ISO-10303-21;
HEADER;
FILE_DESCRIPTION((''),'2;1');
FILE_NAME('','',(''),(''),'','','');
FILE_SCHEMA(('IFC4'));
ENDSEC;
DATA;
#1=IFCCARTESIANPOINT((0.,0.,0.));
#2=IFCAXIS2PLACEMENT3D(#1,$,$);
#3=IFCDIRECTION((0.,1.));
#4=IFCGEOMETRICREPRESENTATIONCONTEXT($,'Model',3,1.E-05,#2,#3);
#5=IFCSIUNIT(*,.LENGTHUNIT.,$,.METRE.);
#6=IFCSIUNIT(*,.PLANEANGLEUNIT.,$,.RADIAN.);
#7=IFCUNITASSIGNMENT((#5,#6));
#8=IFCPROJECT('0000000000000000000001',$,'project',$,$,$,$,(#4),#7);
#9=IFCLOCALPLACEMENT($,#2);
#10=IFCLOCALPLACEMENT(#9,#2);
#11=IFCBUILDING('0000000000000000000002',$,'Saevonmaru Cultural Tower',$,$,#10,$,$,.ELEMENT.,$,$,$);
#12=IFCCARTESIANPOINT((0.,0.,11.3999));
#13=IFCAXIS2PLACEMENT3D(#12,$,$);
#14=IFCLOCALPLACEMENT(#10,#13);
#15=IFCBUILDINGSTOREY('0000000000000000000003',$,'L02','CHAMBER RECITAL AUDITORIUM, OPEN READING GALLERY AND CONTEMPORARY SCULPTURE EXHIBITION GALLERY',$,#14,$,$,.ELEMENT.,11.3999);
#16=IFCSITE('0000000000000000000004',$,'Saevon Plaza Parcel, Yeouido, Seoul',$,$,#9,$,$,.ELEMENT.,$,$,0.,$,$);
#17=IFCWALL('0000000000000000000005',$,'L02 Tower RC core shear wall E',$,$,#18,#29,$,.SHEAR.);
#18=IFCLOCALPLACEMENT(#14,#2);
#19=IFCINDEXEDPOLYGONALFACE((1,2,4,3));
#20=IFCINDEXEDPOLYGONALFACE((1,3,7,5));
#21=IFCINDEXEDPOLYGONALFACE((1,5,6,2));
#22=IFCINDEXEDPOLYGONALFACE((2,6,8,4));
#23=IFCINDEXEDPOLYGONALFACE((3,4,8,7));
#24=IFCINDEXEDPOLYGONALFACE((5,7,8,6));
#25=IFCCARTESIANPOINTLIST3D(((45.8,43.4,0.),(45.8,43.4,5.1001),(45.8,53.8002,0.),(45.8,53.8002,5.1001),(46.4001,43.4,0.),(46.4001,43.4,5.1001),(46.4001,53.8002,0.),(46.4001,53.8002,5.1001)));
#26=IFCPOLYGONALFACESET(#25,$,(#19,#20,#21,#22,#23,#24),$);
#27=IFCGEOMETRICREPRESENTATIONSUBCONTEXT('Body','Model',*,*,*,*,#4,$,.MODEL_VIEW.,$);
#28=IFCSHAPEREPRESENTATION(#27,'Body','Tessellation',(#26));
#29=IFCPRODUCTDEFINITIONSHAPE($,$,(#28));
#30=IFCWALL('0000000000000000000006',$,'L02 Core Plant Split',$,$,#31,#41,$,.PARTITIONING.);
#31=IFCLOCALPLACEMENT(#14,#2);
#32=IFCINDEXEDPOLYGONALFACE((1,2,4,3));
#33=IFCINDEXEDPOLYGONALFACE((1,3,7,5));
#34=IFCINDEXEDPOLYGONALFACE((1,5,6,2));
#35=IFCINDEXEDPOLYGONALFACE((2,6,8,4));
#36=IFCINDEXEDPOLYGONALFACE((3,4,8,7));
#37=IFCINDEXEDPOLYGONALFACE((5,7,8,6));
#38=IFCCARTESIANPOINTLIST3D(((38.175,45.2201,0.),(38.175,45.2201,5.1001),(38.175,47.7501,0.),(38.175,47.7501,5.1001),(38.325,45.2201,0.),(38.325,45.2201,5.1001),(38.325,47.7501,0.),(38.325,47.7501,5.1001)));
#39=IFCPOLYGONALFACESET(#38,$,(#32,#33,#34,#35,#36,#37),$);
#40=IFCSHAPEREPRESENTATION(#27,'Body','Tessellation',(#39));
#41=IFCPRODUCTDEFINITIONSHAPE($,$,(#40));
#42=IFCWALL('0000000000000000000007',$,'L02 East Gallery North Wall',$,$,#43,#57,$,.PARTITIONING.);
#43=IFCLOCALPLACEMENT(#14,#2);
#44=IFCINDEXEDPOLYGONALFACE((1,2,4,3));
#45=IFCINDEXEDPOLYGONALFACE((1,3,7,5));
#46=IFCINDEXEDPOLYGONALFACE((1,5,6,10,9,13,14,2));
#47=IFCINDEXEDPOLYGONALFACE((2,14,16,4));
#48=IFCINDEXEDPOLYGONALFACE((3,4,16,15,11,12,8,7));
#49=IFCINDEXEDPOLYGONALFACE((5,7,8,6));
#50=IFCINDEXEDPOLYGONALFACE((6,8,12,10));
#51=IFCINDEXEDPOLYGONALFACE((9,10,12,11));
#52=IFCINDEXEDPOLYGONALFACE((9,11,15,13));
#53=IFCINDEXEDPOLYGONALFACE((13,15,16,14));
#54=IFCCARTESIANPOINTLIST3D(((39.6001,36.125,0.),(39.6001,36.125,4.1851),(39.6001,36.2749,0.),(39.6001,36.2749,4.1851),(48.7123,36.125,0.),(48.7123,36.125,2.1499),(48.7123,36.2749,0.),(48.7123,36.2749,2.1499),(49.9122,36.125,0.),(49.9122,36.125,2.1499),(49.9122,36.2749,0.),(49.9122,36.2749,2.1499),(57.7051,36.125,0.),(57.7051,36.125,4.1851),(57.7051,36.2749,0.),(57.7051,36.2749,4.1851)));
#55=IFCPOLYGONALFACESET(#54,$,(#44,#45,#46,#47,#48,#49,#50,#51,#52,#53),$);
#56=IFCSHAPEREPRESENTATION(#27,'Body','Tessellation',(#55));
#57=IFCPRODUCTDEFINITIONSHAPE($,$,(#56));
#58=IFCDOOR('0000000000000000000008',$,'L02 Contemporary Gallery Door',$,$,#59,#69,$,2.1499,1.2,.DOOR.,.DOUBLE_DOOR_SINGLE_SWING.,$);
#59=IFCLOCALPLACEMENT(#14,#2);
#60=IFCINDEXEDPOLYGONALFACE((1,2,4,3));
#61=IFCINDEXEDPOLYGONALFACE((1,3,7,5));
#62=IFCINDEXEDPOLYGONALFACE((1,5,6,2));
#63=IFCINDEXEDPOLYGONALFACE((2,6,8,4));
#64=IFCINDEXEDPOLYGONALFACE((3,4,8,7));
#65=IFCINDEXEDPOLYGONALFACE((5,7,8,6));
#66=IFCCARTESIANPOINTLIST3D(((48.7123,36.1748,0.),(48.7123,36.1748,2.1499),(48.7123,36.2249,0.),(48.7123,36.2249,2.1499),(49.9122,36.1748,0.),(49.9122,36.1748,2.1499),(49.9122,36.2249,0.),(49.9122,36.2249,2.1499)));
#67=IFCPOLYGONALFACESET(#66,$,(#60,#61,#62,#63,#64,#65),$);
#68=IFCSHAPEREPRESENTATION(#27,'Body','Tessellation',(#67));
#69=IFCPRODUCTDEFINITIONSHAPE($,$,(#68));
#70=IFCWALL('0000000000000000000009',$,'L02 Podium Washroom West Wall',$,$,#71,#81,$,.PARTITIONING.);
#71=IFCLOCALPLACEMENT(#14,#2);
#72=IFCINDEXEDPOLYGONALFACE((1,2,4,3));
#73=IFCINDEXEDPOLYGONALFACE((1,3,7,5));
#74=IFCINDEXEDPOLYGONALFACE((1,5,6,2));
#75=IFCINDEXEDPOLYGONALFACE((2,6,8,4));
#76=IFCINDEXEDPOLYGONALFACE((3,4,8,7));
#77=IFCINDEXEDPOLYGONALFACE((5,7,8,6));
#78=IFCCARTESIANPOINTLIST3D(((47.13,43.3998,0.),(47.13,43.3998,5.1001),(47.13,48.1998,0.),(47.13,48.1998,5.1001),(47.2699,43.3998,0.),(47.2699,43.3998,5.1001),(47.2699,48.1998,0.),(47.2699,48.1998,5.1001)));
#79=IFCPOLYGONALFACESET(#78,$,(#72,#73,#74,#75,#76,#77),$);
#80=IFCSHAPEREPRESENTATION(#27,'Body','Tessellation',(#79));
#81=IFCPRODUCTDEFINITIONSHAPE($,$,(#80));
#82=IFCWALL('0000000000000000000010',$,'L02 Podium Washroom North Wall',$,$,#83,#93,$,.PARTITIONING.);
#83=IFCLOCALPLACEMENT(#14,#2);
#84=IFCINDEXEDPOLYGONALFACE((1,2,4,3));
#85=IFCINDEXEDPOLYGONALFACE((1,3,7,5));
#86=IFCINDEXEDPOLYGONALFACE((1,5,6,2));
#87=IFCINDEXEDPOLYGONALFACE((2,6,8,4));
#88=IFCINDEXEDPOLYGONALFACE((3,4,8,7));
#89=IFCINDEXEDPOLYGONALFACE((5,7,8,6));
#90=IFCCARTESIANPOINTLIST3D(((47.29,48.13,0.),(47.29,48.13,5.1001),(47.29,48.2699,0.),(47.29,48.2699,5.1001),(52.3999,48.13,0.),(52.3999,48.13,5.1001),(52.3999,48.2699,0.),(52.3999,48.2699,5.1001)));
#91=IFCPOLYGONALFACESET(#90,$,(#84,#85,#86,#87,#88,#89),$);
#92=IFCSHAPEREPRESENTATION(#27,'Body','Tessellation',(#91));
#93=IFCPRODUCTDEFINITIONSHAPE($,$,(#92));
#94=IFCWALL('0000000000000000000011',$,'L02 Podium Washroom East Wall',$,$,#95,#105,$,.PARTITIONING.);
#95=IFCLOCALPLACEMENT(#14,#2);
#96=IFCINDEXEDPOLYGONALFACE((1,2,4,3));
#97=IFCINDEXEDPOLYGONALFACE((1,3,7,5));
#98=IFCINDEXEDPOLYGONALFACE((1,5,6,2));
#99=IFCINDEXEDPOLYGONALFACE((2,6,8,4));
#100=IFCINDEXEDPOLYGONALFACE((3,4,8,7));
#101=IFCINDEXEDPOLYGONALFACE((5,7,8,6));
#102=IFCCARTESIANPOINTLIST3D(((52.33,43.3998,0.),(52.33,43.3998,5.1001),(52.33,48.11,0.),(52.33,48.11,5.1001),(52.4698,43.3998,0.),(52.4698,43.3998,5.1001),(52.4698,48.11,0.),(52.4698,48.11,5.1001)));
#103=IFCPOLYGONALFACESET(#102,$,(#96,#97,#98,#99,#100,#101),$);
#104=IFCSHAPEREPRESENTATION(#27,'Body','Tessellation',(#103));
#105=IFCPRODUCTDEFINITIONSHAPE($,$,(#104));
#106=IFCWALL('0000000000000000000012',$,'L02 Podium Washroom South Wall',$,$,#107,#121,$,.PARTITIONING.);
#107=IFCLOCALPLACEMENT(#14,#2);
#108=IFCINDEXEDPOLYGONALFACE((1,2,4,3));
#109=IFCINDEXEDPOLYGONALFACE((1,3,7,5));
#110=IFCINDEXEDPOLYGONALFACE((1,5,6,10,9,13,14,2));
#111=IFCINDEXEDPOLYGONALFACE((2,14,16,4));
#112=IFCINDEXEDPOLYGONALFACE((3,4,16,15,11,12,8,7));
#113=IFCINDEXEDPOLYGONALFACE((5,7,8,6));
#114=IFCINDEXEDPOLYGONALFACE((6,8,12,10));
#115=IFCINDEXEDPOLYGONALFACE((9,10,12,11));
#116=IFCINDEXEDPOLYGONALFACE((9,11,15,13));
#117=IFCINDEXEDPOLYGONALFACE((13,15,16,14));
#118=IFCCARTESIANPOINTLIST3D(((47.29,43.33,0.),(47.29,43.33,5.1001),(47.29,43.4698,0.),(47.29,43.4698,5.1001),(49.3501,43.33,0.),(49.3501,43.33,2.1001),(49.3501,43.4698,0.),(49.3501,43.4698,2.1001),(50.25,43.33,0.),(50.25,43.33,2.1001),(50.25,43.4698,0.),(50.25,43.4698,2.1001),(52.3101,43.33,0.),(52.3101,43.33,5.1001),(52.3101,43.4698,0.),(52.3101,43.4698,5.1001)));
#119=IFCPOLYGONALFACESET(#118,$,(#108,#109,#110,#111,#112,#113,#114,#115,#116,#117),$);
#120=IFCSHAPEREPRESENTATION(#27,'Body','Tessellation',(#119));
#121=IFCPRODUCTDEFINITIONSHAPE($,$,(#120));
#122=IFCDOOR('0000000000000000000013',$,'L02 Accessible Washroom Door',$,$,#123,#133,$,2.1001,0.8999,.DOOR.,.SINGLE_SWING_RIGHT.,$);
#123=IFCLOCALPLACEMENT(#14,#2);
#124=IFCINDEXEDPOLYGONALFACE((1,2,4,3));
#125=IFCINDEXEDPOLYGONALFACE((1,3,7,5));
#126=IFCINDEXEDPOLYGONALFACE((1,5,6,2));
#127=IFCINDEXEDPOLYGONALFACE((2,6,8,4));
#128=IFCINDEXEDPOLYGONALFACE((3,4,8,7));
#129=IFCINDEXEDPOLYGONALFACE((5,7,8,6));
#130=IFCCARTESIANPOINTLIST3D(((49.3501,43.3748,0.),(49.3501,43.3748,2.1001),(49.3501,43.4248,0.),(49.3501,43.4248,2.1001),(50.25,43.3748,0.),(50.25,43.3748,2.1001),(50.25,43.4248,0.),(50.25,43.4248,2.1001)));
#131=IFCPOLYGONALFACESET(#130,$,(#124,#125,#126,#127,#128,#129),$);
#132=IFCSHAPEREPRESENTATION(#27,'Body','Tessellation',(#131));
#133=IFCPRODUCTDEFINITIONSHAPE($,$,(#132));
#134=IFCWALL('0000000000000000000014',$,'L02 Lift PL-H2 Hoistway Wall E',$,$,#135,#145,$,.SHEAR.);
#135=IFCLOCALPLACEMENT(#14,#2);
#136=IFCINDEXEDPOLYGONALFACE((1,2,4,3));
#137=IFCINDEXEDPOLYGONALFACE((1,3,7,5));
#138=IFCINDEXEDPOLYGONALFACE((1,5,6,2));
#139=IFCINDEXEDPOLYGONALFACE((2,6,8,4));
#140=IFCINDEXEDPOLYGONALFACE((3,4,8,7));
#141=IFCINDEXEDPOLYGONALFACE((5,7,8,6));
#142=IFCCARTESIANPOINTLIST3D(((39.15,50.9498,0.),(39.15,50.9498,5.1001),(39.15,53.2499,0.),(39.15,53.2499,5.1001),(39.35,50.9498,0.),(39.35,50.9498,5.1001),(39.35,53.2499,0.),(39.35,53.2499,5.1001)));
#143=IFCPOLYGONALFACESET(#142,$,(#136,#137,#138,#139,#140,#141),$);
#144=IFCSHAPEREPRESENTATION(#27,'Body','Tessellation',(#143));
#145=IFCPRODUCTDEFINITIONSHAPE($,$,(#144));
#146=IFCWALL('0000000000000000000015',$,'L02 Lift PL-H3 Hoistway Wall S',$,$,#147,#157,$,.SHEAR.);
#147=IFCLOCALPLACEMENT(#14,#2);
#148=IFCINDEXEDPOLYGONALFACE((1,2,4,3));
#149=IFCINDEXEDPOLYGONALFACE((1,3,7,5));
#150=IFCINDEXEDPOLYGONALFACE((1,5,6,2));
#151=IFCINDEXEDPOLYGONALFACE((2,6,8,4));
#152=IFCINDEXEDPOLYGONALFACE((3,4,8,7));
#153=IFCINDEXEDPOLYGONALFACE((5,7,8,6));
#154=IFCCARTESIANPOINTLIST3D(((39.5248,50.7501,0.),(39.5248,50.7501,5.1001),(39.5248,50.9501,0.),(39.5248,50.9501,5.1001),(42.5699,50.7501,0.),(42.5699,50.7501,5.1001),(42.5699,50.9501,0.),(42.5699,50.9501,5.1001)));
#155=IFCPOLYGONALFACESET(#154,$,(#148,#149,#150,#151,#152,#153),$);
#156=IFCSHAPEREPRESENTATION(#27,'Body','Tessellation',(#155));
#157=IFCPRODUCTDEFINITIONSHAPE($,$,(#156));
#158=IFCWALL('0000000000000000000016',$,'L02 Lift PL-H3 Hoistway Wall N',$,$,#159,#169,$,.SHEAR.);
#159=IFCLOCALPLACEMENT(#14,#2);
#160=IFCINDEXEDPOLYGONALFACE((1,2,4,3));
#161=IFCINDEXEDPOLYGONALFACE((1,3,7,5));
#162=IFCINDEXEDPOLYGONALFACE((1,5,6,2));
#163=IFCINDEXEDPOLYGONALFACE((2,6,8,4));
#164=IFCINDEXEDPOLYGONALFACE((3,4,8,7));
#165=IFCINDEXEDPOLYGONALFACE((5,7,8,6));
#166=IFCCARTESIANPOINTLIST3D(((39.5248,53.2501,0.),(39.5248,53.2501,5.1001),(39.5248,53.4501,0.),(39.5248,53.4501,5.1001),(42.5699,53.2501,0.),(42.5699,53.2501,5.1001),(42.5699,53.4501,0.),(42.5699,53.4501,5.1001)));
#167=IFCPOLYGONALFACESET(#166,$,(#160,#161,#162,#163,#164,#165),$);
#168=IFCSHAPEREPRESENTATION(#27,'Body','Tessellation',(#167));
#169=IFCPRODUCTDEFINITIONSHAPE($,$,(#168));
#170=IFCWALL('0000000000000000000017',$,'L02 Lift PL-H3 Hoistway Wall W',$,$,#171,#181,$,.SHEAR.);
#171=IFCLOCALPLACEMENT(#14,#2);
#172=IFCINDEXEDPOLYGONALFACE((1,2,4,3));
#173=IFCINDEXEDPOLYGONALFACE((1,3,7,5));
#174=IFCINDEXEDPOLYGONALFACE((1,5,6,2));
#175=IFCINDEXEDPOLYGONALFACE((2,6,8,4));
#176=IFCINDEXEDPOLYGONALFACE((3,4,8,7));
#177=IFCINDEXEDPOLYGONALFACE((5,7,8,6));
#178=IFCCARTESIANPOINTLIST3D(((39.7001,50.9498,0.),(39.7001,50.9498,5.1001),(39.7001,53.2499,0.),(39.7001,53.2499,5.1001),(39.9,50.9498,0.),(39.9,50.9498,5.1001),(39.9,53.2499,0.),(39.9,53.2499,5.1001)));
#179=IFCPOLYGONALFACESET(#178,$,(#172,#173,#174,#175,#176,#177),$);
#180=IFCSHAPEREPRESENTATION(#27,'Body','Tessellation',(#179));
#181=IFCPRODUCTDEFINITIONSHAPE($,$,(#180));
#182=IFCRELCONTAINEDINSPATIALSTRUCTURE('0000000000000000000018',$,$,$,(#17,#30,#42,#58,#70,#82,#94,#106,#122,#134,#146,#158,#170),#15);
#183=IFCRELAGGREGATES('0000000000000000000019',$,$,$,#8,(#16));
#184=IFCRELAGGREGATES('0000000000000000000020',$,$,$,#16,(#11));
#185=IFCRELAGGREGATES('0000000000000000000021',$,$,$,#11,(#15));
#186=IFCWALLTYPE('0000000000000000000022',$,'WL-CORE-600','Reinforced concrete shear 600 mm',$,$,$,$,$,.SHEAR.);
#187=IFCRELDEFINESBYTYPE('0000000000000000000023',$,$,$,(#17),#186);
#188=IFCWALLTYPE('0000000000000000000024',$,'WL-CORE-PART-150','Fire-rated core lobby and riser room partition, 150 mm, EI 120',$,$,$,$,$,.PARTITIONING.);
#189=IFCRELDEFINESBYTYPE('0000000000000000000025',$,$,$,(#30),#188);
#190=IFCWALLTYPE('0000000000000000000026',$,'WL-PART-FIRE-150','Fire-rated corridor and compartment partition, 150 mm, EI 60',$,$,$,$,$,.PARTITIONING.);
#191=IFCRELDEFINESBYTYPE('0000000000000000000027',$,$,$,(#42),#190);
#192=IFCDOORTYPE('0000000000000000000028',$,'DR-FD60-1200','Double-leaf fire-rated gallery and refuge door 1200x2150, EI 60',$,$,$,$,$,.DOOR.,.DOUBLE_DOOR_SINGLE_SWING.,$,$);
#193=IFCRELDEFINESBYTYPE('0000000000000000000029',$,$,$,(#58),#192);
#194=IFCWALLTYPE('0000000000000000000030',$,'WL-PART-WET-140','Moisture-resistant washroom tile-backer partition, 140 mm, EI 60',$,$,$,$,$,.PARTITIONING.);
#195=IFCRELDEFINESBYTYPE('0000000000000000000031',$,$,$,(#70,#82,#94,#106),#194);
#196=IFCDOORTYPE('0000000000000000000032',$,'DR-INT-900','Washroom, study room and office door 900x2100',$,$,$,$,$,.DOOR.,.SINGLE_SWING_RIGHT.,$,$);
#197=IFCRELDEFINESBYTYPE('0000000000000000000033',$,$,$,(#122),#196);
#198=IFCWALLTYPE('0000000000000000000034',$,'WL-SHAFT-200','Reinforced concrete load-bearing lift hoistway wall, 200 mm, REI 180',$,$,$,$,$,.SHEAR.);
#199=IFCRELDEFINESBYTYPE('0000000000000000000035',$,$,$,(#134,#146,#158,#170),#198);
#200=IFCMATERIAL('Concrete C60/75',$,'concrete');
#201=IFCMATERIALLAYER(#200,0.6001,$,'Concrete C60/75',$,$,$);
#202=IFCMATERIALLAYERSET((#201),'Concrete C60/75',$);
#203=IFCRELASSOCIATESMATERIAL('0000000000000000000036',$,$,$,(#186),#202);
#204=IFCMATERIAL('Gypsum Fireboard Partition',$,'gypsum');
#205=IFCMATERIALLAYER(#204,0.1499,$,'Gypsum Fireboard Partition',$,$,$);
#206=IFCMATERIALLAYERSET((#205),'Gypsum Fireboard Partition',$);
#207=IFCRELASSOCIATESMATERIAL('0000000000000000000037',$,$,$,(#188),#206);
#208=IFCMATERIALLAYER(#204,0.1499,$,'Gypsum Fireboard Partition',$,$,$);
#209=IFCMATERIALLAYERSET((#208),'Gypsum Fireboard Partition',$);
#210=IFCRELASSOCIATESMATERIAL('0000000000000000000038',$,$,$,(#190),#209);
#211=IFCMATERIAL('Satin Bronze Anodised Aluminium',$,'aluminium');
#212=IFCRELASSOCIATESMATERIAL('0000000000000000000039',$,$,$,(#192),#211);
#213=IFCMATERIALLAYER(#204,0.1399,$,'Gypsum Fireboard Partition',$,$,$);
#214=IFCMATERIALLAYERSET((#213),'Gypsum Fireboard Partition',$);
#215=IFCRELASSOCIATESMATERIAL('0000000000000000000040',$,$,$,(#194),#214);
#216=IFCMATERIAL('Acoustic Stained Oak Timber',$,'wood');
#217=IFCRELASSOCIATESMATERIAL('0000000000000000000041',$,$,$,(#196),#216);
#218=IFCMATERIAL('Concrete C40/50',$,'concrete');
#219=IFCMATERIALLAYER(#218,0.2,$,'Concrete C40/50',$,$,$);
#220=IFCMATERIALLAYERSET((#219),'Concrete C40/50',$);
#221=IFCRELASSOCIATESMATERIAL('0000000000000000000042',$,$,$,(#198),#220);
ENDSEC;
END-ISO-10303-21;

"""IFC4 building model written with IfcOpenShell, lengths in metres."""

from ifc_helpers import new_model, si_unit, direction, frame, frame_2d, origin, place, context, subcontext, project, spatial, rectangle, extrude, material, layer, layer_set, type_object, element, fill, save


model = new_model("IFC4")

# Units and contexts
model_context = context("Model", 3, precision=1e-05, world=origin(), true_north=direction((0.0, 1.0)))
body_context = subcontext(model_context, "Body", "Model", "MODEL_VIEW")
ifc_project = project(units=[si_unit("LENGTHUNIT", "METRE"), si_unit("PLANEANGLEUNIT", "RADIAN")], contexts=[model_context])

# Site, building, storey
site_placement = place(None, origin())
site = spatial("IfcSite", under=ifc_project, at=site_placement, Name="Saevon Plaza Parcel, Yeouido, Seoul", CompositionType="ELEMENT", RefElevation=0.0)
building_placement = place(site_placement, origin())
building = spatial("IfcBuilding", under=site, at=building_placement, Name="Saevonmaru Cultural Tower", CompositionType="ELEMENT")
storey_placement = place(building_placement, frame((0.0, 0.0, 11.3999)))
storey = spatial("IfcBuildingStorey", under=building, at=storey_placement, Name="L02", Description="CHAMBER RECITAL AUDITORIUM, OPEN READING GALLERY AND CONTEMPORARY SCULPTURE EXHIBITION GALLERY", CompositionType="ELEMENT", Elevation=11.3999)

# Walls
ifc_material_1 = material(Name="Concrete C60/75", Category="concrete")
ifc_layer_1 = layer(ifc_material_1, 0.6001, Name="Concrete C60/75")
ifc_layer_set_1 = layer_set([ifc_layer_1], Name="Concrete C60/75")
wall_type_1 = type_object("IfcWallType", Name="WL-CORE-600", Description="Reinforced concrete shear 600 mm", PredefinedType="SHEAR", material=ifc_layer_set_1)
wall_1_placement = place(storey_placement, frame((46.1001, 43.3999, 0.0), z_axis=(0.0, 0.0, 1.0), x_axis=(0.0, 1.0, 0.0)))
element("IfcWall", 1, at=wall_1_placement, inside=storey, type_object=wall_type_1, Name="L02 Tower RC core shear wall E", PredefinedType="SHEAR", context=body_context, shape_type="SweptSolid", body=[
    extrude(rectangle(XDim=10.4001, YDim=0.6001, at=frame_2d((5.2002, 0.0))), origin(), (0.0, 0.0, 1.0), 5.1001),
])
ifc_material_2 = material(Name="Gypsum Fireboard Partition", Category="gypsum")
ifc_layer_2 = layer(ifc_material_2, 0.1499, Name="Gypsum Fireboard Partition")
ifc_layer_set_2 = layer_set([ifc_layer_2], Name="Gypsum Fireboard Partition")
wall_type_2 = type_object("IfcWallType", Name="WL-CORE-PART-150", Description="Fire-rated core lobby and riser room partition, 150 mm, EI 120", PredefinedType="PARTITIONING", material=ifc_layer_set_2)
wall_2_placement = place(storey_placement, frame((38.25, 45.22, 0.0), z_axis=(0.0, 0.0, 1.0), x_axis=(0.0, 1.0, 0.0)))
element("IfcWall", 2, at=wall_2_placement, inside=storey, type_object=wall_type_2, Name="L02 Core Plant Split", PredefinedType="PARTITIONING", context=body_context, shape_type="SweptSolid", body=[
    extrude(rectangle(XDim=2.53, YDim=0.1499, at=frame_2d((1.2651, 0.0))), origin(), (0.0, 0.0, 1.0), 5.1001),
])

# Wall, opening, door
ifc_layer_3 = layer(ifc_material_2, 0.1499, Name="Gypsum Fireboard Partition")
ifc_layer_set_3 = layer_set([ifc_layer_3], Name="Gypsum Fireboard Partition")
wall_type_3 = type_object("IfcWallType", Name="WL-PART-FIRE-150", Description="Fire-rated corridor and compartment partition, 150 mm, EI 60", PredefinedType="PARTITIONING", material=ifc_layer_set_3)
wall_3_placement = place(storey_placement, frame((39.6001, 36.2, 0.0), z_axis=(0.0, 0.0, 1.0), x_axis=(1.0, 0.0, 0.0)))
wall_3 = element("IfcWall", 3, at=wall_3_placement, inside=storey, type_object=wall_type_3, Name="L02 East Gallery North Wall", PredefinedType="PARTITIONING", context=body_context, shape_type="SweptSolid", body=[
    extrude(rectangle(XDim=18.105, YDim=0.1499, at=frame_2d((9.0525, 0.0))), origin(), (0.0, 0.0, 1.0), 4.1851),
])
opening_1_placement = place(wall_3_placement, frame((9.1121, 0.0, 0.0)))
opening_1 = element("IfcOpeningElement", 4, at=opening_1_placement, cuts=wall_3, PredefinedType="OPENING", context=body_context, shape_type="SweptSolid", body=[
    extrude(rectangle(XDim=1.2, YDim=2.1499, at=frame_2d((0.6001, 1.075))), frame((0.0, 0.085, 0.0), z_axis=(0.0, -1.0, 0.0), x_axis=(1.0, 0.0, 0.0)), (0.0, 0.0, 1.0), 0.1699),
])
ifc_material_3 = material(Name="Satin Bronze Anodised Aluminium", Category="aluminium")
door_type_1 = type_object("IfcDoorType", Name="DR-FD60-1200", Description="Double-leaf fire-rated gallery and refuge door 1200x2150, EI 60", OperationType="DOUBLE_DOOR_SINGLE_SWING", PredefinedType="DOOR", material=ifc_material_3)
door_1_placement = place(opening_1_placement, origin())
door_1 = element("IfcDoor", 5, at=door_1_placement, inside=storey, type_object=door_type_1, Name="L02 Contemporary Gallery Door", OperationType="DOUBLE_DOOR_SINGLE_SWING", OverallHeight=2.1499, OverallWidth=1.2, PredefinedType="DOOR", context=body_context, shape_type="SweptSolid", body=[
    extrude(rectangle(XDim=1.2, YDim=2.1499, at=frame_2d((0.6001, 1.075))), frame((0.0, 0.0249, 0.0), z_axis=(0.0, -1.0, 0.0), x_axis=(1.0, 0.0, 0.0)), (0.0, 0.0, 1.0), 0.05),
])
fill(opening_1, door_1)

# Walls
ifc_layer_4 = layer(ifc_material_2, 0.1399, Name="Gypsum Fireboard Partition")
ifc_layer_set_4 = layer_set([ifc_layer_4], Name="Gypsum Fireboard Partition")
wall_type_4 = type_object("IfcWallType", Name="WL-PART-WET-140", Description="Moisture-resistant washroom tile-backer partition, 140 mm, EI 60", PredefinedType="PARTITIONING", material=ifc_layer_set_4)
wall_4_placement = place(storey_placement, frame((47.2, 43.3999, 0.0), z_axis=(0.0, 0.0, 1.0), x_axis=(0.0, 1.0, 0.0)))
element("IfcWall", 6, at=wall_4_placement, inside=storey, type_object=wall_type_4, Name="L02 Podium Washroom West Wall", PredefinedType="PARTITIONING", context=body_context, shape_type="SweptSolid", body=[
    extrude(rectangle(XDim=4.8, YDim=0.1399, at=frame_2d((2.3999, 0.0))), origin(), (0.0, 0.0, 1.0), 5.1001),
])
wall_5_placement = place(storey_placement, frame((47.29, 48.2, 0.0), z_axis=(0.0, 0.0, 1.0), x_axis=(1.0, 0.0, 0.0)))
element("IfcWall", 7, at=wall_5_placement, inside=storey, type_object=wall_type_4, Name="L02 Podium Washroom North Wall", PredefinedType="PARTITIONING", context=body_context, shape_type="SweptSolid", body=[
    extrude(rectangle(XDim=5.1099, YDim=0.1399, at=frame_2d((2.5549, 0.0))), origin(), (0.0, 0.0, 1.0), 5.1001),
])
wall_6_placement = place(storey_placement, frame((52.3999, 43.3999, 0.0), z_axis=(0.0, 0.0, 1.0), x_axis=(0.0, 1.0, 0.0)))
element("IfcWall", 8, at=wall_6_placement, inside=storey, type_object=wall_type_4, Name="L02 Podium Washroom East Wall", PredefinedType="PARTITIONING", context=body_context, shape_type="SweptSolid", body=[
    extrude(rectangle(XDim=4.7102, YDim=0.1399, at=frame_2d((2.355, 0.0))), origin(), (0.0, 0.0, 1.0), 5.1001),
])

# Wall, opening, door
wall_7_placement = place(storey_placement, frame((47.29, 43.3999, 0.0), z_axis=(0.0, 0.0, 1.0), x_axis=(1.0, 0.0, 0.0)))
wall_7 = element("IfcWall", 9, at=wall_7_placement, inside=storey, type_object=wall_type_4, Name="L02 Podium Washroom South Wall", PredefinedType="PARTITIONING", context=body_context, shape_type="SweptSolid", body=[
    extrude(rectangle(XDim=5.02, YDim=0.1399, at=frame_2d((2.51, 0.0))), origin(), (0.0, 0.0, 1.0), 5.1001),
])
opening_2_placement = place(wall_7_placement, frame((2.0601, 0.0, 0.0)))
opening_2 = element("IfcOpeningElement", 10, at=opening_2_placement, cuts=wall_7, PredefinedType="OPENING", context=body_context, shape_type="SweptSolid", body=[
    extrude(rectangle(XDim=0.8999, YDim=2.1001, at=frame_2d((0.45, 1.05))), frame((0.0, 0.0801, 0.0), z_axis=(0.0, -1.0, 0.0), x_axis=(1.0, 0.0, 0.0)), (0.0, 0.0, 1.0), 0.1599),
])
ifc_material_4 = material(Name="Acoustic Stained Oak Timber", Category="wood")
door_type_2 = type_object("IfcDoorType", Name="DR-INT-900", Description="Washroom, study room and office door 900x2100", OperationType="SINGLE_SWING_RIGHT", PredefinedType="DOOR", material=ifc_material_4)
door_2_placement = place(opening_2_placement, origin())
door_2 = element("IfcDoor", 11, at=door_2_placement, inside=storey, type_object=door_type_2, Name="L02 Accessible Washroom Door", OperationType="SINGLE_SWING_RIGHT", OverallHeight=2.1001, OverallWidth=0.8999, PredefinedType="DOOR", context=body_context, shape_type="SweptSolid", body=[
    extrude(rectangle(XDim=0.8999, YDim=2.1001, at=frame_2d((0.45, 1.05))), frame((0.0, 0.0249, 0.0), z_axis=(0.0, -1.0, 0.0), x_axis=(1.0, 0.0, 0.0)), (0.0, 0.0, 1.0), 0.05),
])
fill(opening_2, door_2)

# Walls
ifc_material_5 = material(Name="Concrete C40/50", Category="concrete")
ifc_layer_5 = layer(ifc_material_5, 0.2, Name="Concrete C40/50")
ifc_layer_set_5 = layer_set([ifc_layer_5], Name="Concrete C40/50")
wall_type_5 = type_object("IfcWallType", Name="WL-SHAFT-200", Description="Reinforced concrete load-bearing lift hoistway wall, 200 mm, REI 180", PredefinedType="SHEAR", material=ifc_layer_set_5)
wall_8_placement = place(storey_placement, frame((39.25, 50.95, 0.0), z_axis=(0.0, 0.0, 1.0), x_axis=(0.0, 1.0, 0.0)))
element("IfcWall", 12, at=wall_8_placement, inside=storey, type_object=wall_type_5, Name="L02 Lift PL-H2 Hoistway Wall E", PredefinedType="SHEAR", context=body_context, shape_type="SweptSolid", body=[
    extrude(rectangle(XDim=2.3, YDim=0.2, at=frame_2d((1.1499, 0.0))), origin(), (0.0, 0.0, 1.0), 5.1001),
])
for number, where, z_axis, x_axis, name in (
    (13, (39.5249, 50.8501, 0.0), (0.0, 0.0, 1.0), (1.0, 0.0, 0.0), "L02 Lift PL-H3 Hoistway Wall S"),
    (14, (39.5249, 53.3501, 0.0), (0.0, 0.0, 1.0), (1.0, 0.0, 0.0), "L02 Lift PL-H3 Hoistway Wall N"),
):
    element("IfcWall", number, at=place(storey_placement, frame(where, z_axis=z_axis, x_axis=x_axis)), inside=storey, type_object=wall_type_5, Name=name, PredefinedType="SHEAR", context=body_context, shape_type="SweptSolid", body=[
        extrude(rectangle(XDim=3.0452, YDim=0.2, at=frame_2d((1.5225, 0.0))), origin(), (0.0, 0.0, 1.0), 5.1001),
    ])
for number, where, z_axis, x_axis, name in (
    (15, (39.8, 50.95, 0.0), (0.0, 0.0, 1.0), (0.0, 1.0, 0.0), "L02 Lift PL-H3 Hoistway Wall W"),
):
    element("IfcWall", number, at=place(storey_placement, frame(where, z_axis=z_axis, x_axis=x_axis)), inside=storey, type_object=wall_type_5, Name=name, PredefinedType="SHEAR", context=body_context, shape_type="SweptSolid", body=[
        extrude(rectangle(XDim=2.3, YDim=0.2, at=frame_2d((1.1499, 0.0))), origin(), (0.0, 0.0, 1.0), 5.1001),
    ])

save(model, "model.ifc")
